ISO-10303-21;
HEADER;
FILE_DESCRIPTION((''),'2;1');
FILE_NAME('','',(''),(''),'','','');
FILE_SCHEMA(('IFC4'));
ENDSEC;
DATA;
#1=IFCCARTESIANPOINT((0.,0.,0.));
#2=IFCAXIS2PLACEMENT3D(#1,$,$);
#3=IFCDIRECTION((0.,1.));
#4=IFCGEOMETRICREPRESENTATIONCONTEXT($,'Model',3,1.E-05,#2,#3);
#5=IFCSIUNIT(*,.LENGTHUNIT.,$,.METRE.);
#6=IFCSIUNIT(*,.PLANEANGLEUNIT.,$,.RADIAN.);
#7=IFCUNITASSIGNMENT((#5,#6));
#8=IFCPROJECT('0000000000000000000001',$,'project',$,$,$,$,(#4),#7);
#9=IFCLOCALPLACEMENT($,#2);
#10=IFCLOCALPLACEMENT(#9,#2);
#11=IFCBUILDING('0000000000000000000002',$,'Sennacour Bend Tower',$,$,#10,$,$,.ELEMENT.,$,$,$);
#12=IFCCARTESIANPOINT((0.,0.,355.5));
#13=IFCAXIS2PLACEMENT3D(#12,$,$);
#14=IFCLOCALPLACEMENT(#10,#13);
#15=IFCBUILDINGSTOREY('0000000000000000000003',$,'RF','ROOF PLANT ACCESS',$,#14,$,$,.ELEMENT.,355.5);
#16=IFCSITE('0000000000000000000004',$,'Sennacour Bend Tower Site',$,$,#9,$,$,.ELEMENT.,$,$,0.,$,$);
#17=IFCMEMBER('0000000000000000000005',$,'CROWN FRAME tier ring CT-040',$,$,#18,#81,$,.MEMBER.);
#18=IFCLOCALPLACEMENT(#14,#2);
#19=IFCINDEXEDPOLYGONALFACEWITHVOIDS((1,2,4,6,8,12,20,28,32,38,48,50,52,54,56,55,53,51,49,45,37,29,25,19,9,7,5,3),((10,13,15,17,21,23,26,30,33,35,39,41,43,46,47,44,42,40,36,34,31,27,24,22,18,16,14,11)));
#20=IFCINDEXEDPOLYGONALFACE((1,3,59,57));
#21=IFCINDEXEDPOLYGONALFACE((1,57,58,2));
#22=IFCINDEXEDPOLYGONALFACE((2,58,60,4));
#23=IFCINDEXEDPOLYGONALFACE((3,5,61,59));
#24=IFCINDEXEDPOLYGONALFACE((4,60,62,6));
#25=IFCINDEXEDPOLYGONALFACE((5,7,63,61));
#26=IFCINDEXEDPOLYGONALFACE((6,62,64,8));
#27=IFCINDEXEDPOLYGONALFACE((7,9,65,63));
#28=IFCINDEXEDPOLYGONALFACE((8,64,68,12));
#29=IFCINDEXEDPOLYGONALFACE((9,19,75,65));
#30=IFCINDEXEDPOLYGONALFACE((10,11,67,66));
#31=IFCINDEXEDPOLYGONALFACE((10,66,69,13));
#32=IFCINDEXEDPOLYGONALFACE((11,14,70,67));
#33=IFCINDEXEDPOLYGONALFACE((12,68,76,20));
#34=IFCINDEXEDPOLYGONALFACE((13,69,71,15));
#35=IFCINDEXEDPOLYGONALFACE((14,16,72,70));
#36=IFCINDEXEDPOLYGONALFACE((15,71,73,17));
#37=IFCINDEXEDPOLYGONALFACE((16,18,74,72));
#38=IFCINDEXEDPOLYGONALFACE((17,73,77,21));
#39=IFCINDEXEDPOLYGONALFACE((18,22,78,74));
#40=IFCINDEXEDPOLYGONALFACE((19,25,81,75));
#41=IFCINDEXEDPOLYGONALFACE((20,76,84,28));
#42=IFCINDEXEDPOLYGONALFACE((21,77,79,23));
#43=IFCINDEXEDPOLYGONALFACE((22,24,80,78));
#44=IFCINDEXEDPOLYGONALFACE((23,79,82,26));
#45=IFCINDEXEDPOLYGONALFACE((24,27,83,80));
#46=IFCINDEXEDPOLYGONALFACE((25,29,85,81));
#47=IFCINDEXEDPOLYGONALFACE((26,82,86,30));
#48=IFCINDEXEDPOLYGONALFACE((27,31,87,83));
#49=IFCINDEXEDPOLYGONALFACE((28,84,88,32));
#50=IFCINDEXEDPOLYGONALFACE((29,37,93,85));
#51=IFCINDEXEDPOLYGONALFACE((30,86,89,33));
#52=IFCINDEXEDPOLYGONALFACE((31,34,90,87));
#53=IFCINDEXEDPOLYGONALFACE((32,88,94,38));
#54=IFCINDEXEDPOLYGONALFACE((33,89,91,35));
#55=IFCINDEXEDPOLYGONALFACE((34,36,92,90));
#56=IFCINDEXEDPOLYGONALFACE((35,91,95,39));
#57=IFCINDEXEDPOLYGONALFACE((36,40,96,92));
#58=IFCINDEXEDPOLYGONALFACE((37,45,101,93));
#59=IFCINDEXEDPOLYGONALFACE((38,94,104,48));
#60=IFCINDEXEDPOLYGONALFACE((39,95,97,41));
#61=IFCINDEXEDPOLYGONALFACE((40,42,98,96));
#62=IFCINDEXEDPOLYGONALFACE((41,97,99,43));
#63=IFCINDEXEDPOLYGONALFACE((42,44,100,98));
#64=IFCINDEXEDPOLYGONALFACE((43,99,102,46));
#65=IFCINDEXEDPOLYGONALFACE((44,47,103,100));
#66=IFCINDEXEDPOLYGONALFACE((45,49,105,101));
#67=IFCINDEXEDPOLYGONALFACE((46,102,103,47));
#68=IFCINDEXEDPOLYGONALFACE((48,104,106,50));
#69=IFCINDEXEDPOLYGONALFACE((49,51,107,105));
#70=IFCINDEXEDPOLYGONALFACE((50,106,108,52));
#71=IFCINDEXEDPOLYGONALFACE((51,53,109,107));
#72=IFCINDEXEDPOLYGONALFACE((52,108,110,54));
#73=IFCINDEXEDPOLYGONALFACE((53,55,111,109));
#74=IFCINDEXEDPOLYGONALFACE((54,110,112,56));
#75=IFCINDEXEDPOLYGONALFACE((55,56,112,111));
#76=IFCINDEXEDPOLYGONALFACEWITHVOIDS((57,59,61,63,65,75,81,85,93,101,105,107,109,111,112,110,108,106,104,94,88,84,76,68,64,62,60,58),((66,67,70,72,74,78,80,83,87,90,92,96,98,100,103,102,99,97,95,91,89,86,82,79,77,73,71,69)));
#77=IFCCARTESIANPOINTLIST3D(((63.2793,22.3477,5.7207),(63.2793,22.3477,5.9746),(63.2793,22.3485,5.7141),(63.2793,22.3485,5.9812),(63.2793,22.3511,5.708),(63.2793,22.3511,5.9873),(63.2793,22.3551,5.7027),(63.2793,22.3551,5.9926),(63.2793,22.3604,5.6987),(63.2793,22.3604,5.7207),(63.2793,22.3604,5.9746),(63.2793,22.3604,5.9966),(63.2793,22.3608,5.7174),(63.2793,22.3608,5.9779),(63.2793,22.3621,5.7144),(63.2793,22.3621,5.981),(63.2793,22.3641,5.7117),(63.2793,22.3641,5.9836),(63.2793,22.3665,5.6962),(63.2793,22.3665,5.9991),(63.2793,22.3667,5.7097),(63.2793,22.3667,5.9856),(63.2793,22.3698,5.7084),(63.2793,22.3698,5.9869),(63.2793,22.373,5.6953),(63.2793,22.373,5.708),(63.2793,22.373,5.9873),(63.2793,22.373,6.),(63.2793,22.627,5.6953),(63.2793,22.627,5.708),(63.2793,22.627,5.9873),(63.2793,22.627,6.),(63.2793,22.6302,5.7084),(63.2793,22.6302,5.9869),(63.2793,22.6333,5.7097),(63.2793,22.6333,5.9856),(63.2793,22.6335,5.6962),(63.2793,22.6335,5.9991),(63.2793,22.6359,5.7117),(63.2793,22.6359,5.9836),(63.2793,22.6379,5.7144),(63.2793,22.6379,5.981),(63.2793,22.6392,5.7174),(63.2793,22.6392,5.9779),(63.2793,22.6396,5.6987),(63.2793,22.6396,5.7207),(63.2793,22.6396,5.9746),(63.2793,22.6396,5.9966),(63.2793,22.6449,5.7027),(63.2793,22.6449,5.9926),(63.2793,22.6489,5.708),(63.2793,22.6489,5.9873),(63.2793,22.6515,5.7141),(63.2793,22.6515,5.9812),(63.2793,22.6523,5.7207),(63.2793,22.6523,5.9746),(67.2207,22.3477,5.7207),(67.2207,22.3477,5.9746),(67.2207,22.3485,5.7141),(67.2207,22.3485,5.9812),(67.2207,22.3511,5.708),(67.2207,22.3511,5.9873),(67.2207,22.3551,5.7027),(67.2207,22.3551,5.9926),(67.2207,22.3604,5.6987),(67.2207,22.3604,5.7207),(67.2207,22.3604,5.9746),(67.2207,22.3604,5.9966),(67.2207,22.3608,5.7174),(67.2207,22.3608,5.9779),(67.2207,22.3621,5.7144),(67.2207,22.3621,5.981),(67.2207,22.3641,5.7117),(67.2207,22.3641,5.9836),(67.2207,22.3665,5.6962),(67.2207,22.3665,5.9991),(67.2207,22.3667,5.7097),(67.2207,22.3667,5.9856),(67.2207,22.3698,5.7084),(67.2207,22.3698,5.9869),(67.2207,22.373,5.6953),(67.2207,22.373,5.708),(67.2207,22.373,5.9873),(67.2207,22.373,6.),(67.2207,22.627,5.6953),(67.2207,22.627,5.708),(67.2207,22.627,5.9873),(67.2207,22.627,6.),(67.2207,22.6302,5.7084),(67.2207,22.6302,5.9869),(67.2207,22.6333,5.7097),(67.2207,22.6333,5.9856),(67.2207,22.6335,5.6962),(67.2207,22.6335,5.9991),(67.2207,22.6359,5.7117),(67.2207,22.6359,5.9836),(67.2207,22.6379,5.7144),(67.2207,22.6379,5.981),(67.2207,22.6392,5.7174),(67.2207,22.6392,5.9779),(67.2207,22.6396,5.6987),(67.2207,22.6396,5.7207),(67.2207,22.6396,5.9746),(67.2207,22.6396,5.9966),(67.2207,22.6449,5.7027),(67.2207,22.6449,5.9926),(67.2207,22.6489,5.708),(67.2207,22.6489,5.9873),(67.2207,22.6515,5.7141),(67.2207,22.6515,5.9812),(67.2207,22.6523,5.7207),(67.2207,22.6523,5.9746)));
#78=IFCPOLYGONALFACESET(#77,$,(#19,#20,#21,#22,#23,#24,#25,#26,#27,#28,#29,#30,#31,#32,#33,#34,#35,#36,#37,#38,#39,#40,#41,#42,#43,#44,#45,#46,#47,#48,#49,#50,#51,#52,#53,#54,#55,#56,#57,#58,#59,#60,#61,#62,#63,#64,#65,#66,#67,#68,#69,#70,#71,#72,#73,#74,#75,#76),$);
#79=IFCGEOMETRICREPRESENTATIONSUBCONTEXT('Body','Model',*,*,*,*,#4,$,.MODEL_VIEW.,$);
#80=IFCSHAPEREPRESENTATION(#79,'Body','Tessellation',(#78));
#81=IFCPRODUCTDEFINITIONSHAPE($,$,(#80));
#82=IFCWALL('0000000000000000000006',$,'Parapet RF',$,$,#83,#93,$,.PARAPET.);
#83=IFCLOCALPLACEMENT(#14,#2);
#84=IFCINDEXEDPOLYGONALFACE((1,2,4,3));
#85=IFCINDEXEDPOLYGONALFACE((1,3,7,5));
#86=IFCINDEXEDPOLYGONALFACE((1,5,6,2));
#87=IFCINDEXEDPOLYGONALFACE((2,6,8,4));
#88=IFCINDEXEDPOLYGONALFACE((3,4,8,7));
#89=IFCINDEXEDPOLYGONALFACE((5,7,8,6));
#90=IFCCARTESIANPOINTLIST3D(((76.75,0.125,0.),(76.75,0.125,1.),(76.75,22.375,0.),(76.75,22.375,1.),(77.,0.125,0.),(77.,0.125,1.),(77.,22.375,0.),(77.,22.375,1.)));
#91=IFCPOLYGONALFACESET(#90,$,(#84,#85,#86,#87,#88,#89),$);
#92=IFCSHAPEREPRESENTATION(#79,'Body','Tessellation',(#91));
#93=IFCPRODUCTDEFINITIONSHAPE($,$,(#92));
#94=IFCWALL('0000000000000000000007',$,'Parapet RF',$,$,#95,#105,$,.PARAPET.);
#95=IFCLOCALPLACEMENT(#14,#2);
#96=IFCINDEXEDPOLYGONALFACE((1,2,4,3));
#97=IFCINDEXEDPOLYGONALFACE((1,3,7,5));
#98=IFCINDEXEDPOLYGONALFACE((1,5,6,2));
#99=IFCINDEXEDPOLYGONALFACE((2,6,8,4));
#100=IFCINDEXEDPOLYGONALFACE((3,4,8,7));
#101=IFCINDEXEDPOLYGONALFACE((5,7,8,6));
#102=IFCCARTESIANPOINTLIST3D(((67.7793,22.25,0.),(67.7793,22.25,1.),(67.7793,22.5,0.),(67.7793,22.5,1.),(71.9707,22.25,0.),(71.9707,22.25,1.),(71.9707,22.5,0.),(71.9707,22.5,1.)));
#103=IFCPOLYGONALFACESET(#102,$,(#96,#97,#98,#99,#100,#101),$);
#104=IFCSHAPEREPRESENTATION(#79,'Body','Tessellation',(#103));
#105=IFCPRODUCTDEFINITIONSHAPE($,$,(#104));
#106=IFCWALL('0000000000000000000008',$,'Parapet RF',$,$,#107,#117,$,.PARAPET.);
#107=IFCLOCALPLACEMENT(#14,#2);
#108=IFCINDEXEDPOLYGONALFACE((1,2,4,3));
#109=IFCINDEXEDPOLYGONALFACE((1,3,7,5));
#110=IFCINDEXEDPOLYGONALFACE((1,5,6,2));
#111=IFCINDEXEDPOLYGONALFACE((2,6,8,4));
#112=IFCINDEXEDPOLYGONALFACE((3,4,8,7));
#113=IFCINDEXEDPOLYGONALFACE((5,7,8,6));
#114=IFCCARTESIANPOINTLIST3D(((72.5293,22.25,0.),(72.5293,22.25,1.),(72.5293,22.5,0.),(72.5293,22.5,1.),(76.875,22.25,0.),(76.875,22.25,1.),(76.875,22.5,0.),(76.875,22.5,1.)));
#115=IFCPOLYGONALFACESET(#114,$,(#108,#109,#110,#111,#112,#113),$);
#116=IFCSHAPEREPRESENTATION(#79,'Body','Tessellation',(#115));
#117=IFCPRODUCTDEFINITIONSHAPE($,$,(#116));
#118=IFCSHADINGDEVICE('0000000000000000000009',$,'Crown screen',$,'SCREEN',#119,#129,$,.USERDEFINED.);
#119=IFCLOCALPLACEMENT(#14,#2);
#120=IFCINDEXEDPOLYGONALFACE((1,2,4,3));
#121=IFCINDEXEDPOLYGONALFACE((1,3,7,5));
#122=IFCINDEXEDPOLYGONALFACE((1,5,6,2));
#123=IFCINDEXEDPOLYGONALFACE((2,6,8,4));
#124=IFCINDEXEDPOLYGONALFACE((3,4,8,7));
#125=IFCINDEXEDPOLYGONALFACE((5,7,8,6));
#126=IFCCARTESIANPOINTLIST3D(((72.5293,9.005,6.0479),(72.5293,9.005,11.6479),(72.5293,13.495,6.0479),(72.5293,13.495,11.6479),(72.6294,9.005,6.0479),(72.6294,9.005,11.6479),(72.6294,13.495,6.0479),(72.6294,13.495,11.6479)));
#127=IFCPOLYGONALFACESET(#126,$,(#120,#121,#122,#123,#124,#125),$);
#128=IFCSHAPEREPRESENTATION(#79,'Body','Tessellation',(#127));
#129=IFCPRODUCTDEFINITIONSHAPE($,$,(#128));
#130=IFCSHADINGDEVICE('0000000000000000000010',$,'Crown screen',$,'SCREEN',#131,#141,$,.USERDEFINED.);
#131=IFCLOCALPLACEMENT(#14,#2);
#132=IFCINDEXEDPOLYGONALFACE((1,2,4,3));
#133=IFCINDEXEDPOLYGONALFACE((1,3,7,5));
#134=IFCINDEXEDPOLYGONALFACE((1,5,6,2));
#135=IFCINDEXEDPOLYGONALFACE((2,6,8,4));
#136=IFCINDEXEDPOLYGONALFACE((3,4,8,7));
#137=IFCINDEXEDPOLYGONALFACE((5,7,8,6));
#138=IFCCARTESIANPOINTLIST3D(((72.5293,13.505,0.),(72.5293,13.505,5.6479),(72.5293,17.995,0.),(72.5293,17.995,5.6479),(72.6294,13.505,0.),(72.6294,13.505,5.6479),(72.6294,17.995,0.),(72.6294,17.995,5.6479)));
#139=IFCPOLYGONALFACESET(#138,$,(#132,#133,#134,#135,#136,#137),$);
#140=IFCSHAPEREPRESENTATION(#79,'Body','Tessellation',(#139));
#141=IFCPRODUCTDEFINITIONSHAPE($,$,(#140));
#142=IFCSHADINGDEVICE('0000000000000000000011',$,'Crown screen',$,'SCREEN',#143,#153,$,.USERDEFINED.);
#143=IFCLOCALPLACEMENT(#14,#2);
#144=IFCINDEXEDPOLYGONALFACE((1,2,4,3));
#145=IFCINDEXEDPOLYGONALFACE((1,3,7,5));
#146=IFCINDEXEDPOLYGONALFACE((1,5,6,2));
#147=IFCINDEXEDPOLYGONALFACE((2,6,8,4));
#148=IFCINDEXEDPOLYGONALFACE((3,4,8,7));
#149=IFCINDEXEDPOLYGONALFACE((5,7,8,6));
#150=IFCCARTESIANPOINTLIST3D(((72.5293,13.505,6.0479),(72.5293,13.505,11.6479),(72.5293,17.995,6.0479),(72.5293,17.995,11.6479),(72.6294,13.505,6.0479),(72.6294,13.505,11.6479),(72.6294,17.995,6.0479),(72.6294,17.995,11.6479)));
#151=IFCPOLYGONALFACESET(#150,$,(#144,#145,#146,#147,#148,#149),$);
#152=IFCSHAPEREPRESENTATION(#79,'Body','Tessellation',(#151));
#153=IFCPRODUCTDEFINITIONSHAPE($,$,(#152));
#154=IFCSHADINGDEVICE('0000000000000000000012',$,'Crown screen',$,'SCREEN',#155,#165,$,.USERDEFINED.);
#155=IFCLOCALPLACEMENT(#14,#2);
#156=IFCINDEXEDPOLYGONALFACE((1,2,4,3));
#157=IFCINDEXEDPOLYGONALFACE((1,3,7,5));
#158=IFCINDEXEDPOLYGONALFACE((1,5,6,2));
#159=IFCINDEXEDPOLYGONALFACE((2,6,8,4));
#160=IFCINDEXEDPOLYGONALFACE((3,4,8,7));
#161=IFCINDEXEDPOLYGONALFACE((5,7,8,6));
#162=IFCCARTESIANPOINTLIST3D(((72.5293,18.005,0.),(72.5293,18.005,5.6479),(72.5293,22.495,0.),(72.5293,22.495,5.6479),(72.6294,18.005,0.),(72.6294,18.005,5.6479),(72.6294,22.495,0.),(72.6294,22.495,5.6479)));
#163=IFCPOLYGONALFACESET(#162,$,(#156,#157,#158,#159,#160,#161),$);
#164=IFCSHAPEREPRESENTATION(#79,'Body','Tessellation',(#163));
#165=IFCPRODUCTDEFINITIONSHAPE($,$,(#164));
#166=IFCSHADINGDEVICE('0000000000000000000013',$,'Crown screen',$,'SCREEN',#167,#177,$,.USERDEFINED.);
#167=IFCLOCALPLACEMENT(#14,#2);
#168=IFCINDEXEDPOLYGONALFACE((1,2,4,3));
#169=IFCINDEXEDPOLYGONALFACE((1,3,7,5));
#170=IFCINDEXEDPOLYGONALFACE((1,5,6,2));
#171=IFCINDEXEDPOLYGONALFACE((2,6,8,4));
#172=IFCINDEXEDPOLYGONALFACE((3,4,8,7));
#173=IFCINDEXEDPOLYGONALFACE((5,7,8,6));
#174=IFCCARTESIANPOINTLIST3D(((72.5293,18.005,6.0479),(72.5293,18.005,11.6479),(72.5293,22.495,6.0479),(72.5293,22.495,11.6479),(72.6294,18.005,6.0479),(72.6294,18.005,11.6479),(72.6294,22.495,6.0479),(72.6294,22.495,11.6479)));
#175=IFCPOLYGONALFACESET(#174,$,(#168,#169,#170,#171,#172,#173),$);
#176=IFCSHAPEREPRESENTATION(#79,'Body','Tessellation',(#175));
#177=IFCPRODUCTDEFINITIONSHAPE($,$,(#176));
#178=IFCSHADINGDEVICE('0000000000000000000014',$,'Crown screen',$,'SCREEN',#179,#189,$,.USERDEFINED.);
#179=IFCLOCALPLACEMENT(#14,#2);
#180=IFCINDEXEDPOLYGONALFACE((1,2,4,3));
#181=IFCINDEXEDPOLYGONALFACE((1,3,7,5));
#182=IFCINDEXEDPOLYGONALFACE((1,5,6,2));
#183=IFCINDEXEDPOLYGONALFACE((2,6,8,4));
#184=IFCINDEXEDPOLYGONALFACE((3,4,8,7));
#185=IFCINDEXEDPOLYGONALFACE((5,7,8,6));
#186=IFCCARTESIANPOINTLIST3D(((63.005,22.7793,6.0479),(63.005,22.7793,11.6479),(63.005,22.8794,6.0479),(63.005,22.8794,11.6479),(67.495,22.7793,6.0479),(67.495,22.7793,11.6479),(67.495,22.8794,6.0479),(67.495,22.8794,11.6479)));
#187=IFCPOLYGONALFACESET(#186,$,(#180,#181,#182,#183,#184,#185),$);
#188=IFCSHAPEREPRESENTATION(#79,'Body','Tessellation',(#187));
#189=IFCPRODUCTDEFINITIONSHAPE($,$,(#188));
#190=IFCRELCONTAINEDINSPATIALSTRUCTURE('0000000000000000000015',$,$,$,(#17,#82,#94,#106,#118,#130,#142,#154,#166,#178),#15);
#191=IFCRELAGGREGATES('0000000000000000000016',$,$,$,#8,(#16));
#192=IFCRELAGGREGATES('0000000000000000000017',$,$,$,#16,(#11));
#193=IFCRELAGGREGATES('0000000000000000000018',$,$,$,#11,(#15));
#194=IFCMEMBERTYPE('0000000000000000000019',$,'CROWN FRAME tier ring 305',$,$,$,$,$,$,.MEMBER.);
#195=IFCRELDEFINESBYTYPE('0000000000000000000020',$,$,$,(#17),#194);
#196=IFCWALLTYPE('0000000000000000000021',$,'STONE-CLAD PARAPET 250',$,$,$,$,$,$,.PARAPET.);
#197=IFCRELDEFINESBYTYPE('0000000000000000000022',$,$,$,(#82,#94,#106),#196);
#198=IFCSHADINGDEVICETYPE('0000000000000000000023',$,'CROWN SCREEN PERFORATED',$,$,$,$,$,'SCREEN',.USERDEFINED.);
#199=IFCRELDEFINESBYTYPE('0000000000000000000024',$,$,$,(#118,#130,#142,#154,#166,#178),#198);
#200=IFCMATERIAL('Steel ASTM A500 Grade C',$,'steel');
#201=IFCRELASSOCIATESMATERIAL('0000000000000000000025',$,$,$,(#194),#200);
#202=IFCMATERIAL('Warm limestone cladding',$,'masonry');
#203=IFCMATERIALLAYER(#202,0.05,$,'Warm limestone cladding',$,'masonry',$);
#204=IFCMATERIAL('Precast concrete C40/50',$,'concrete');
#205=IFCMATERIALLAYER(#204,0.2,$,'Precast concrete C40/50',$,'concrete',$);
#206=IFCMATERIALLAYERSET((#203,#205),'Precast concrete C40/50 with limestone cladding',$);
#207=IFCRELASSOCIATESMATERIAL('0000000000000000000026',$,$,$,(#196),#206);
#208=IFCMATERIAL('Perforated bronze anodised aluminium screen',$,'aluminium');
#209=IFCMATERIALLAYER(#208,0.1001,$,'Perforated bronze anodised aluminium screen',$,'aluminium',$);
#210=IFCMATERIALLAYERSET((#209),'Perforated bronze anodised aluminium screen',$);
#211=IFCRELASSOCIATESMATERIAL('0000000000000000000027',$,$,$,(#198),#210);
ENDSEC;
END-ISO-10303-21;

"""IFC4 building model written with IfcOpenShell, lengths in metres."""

from ifc_helpers import new_model, si_unit, direction, frame, frame_2d, origin, origin_2d, place, context, subcontext, project, spatial, rectangle, hollow_rectangle, extrude, material, layer, layer_set, material_profile, profile_set, type_object, element, save


model = new_model("IFC4")

# Units and contexts
model_context = context("Model", 3, precision=1e-05, world=origin(), true_north=direction((0.0, 1.0)))
body_context = subcontext(model_context, "Body", "Model", "MODEL_VIEW")
ifc_project = project(units=[si_unit("LENGTHUNIT", "METRE"), si_unit("PLANEANGLEUNIT", "RADIAN")], contexts=[model_context])

# Site, building, storey
site_placement = place(None, origin())
site = spatial("IfcSite", under=ifc_project, at=site_placement, Name="Sennacour Bend Tower Site", CompositionType="ELEMENT", RefElevation=0.0)
building_placement = place(site_placement, origin())
building = spatial("IfcBuilding", under=site, at=building_placement, Name="Sennacour Bend Tower", CompositionType="ELEMENT")
storey_placement = place(building_placement, frame((0.0, 0.0, 355.5)))
storey = spatial("IfcBuildingStorey", under=building, at=storey_placement, Name="RF", Description="ROOF PLANT ACCESS", CompositionType="ELEMENT", Elevation=355.5)

# Shared definitions
ifc_material_1 = material(Name="Steel ASTM A500 Grade C", Category="steel")

# Member
ifc_material_profile_1 = material_profile(ifc_material_1, hollow_rectangle(XDim=0.3047, YDim=0.3047, WallThickness=0.0127, InnerFilletRadius=0.0127, OuterFilletRadius=0.0254, at=origin_2d()), Name="Steel ASTM A500 Grade C", Category="steel")
ifc_profile_set_1 = profile_set([ifc_material_profile_1], Name="Steel ASTM A500 Grade C")
member_type_1 = type_object("IfcMemberType", Name="CROWN FRAME tier ring 305", PredefinedType="MEMBER", material=ifc_profile_set_1)
member_1_placement = place(storey_placement, frame((67.2207, 22.5, 5.8477), z_axis=(-1.0, 0.0, 0.0), x_axis=(0.0, -1.0, 0.0)))
element("IfcMember", 1, at=member_1_placement, inside=storey, type_object=member_type_1, Name="CROWN FRAME tier ring CT-040", PredefinedType="MEMBER", context=body_context, shape_type="SweptSolid", body=[
    extrude(hollow_rectangle(XDim=0.3047, YDim=0.3047, WallThickness=0.0127, InnerFilletRadius=0.0127, OuterFilletRadius=0.0254, at=origin_2d()), origin(), (0.0, 0.0, 1.0), 3.9414),
])

# Walls
ifc_material_2 = material(Name="Warm limestone cladding", Category="masonry")
ifc_layer_1 = layer(ifc_material_2, 0.05, Name="Warm limestone cladding", Category="masonry")
ifc_material_3 = material(Name="Precast concrete C40/50", Category="concrete")
ifc_layer_2 = layer(ifc_material_3, 0.2, Name="Precast concrete C40/50", Category="concrete")
ifc_layer_set_1 = layer_set([ifc_layer_1, ifc_layer_2], Name="Precast concrete C40/50 with limestone cladding")
wall_type = type_object("IfcWallType", Name="STONE-CLAD PARAPET 250", PredefinedType="PARAPET", material=ifc_layer_set_1)
wall_1_placement = place(storey_placement, frame((76.875, 22.375, 0.0), z_axis=(0.0, 0.0, 1.0), x_axis=(0.0, -1.0, 0.0)))
element("IfcWall", 2, at=wall_1_placement, inside=storey, type_object=wall_type, Name="Parapet RF", PredefinedType="PARAPET", context=body_context, shape_type="SweptSolid", body=[
    extrude(rectangle(XDim=22.25, YDim=0.25, at=frame_2d((11.125, 0.0))), origin(), (0.0, 0.0, 1.0), 1.0),
])
wall_2_placement = place(storey_placement, frame((67.7793, 22.375, 0.0), z_axis=(0.0, 0.0, 1.0), x_axis=(1.0, 0.0, 0.0)))
element("IfcWall", 3, at=wall_2_placement, inside=storey, type_object=wall_type, Name="Parapet RF", PredefinedType="PARAPET", context=body_context, shape_type="SweptSolid", body=[
    extrude(rectangle(XDim=4.1914, YDim=0.25, at=frame_2d((2.0957, 0.0))), origin(), (0.0, 0.0, 1.0), 1.0),
])
wall_3_placement = place(storey_placement, frame((72.5293, 22.375, 0.0), z_axis=(0.0, 0.0, 1.0), x_axis=(1.0, 0.0, 0.0)))
element("IfcWall", 4, at=wall_3_placement, inside=storey, type_object=wall_type, Name="Parapet RF", PredefinedType="PARAPET", context=body_context, shape_type="SweptSolid", body=[
    extrude(rectangle(XDim=4.3457, YDim=0.25, at=frame_2d((2.1729, 0.0))), origin(), (0.0, 0.0, 1.0), 1.0),
])

# Shading devices
ifc_material_4 = material(Name="Perforated bronze anodised aluminium screen", Category="aluminium")
ifc_layer_3 = layer(ifc_material_4, 0.1001, Name="Perforated bronze anodised aluminium screen", Category="aluminium")
ifc_layer_set_2 = layer_set([ifc_layer_3], Name="Perforated bronze anodised aluminium screen")
shading_device_type = type_object("IfcShadingDeviceType", Name="CROWN SCREEN PERFORATED", ElementType="SCREEN", PredefinedType="USERDEFINED", material=ifc_layer_set_2)
shading_device_1_placement = place(storey_placement, frame((72.5793, 11.25, 6.0479), z_axis=(0.0, 0.0, 1.0), x_axis=(0.0, 1.0, 0.0)))
element("IfcShadingDevice", 5, at=shading_device_1_placement, inside=storey, type_object=shading_device_type, Name="Crown screen", ObjectType="SCREEN", PredefinedType="USERDEFINED", context=body_context, shape_type="SweptSolid", body=[
    extrude(rectangle(XDim=4.49, YDim=0.1001, at=origin_2d()), origin(), (0.0, 0.0, 1.0), 5.6001),
])
shading_device_2_placement = place(storey_placement, frame((72.5793, 15.75, 0.0), z_axis=(0.0, 0.0, 1.0), x_axis=(0.0, 1.0, 0.0)))
element("IfcShadingDevice", 6, at=shading_device_2_placement, inside=storey, type_object=shading_device_type, Name="Crown screen", ObjectType="SCREEN", PredefinedType="USERDEFINED", context=body_context, shape_type="SweptSolid", body=[
    extrude(rectangle(XDim=4.49, YDim=0.1001, at=origin_2d()), origin(), (0.0, 0.0, 1.0), 5.6479),
])
shading_device_3_placement = place(storey_placement, frame((72.5793, 15.75, 6.0479), z_axis=(0.0, 0.0, 1.0), x_axis=(0.0, 1.0, 0.0)))
element("IfcShadingDevice", 7, at=shading_device_3_placement, inside=storey, type_object=shading_device_type, Name="Crown screen", ObjectType="SCREEN", PredefinedType="USERDEFINED", context=body_context, shape_type="SweptSolid", body=[
    extrude(rectangle(XDim=4.49, YDim=0.1001, at=origin_2d()), origin(), (0.0, 0.0, 1.0), 5.6001),
])
shading_device_4_placement = place(storey_placement, frame((72.5793, 20.25, 0.0), z_axis=(0.0, 0.0, 1.0), x_axis=(0.0, 1.0, 0.0)))
element("IfcShadingDevice", 8, at=shading_device_4_placement, inside=storey, type_object=shading_device_type, Name="Crown screen", ObjectType="SCREEN", PredefinedType="USERDEFINED", context=body_context, shape_type="SweptSolid", body=[
    extrude(rectangle(XDim=4.49, YDim=0.1001, at=origin_2d()), origin(), (0.0, 0.0, 1.0), 5.6479),
])
for number, where, z_axis, x_axis, name in (
    (9, (72.5793, 20.25, 6.0479), (0.0, 0.0, 1.0), (0.0, 1.0, 0.0), "Crown screen"),
    (10, (65.25, 22.8293, 6.0479), (0.0, 0.0, 1.0), (1.0, 0.0, 0.0), "Crown screen"),
):
    element("IfcShadingDevice", number, at=place(storey_placement, frame(where, z_axis=z_axis, x_axis=x_axis)), inside=storey, type_object=shading_device_type, Name=name, ObjectType="SCREEN", PredefinedType="USERDEFINED", context=body_context, shape_type="SweptSolid", body=[
        extrude(rectangle(XDim=4.49, YDim=0.1001, at=origin_2d()), origin(), (0.0, 0.0, 1.0), 5.6001),
    ])

save(model, "model.ifc")
